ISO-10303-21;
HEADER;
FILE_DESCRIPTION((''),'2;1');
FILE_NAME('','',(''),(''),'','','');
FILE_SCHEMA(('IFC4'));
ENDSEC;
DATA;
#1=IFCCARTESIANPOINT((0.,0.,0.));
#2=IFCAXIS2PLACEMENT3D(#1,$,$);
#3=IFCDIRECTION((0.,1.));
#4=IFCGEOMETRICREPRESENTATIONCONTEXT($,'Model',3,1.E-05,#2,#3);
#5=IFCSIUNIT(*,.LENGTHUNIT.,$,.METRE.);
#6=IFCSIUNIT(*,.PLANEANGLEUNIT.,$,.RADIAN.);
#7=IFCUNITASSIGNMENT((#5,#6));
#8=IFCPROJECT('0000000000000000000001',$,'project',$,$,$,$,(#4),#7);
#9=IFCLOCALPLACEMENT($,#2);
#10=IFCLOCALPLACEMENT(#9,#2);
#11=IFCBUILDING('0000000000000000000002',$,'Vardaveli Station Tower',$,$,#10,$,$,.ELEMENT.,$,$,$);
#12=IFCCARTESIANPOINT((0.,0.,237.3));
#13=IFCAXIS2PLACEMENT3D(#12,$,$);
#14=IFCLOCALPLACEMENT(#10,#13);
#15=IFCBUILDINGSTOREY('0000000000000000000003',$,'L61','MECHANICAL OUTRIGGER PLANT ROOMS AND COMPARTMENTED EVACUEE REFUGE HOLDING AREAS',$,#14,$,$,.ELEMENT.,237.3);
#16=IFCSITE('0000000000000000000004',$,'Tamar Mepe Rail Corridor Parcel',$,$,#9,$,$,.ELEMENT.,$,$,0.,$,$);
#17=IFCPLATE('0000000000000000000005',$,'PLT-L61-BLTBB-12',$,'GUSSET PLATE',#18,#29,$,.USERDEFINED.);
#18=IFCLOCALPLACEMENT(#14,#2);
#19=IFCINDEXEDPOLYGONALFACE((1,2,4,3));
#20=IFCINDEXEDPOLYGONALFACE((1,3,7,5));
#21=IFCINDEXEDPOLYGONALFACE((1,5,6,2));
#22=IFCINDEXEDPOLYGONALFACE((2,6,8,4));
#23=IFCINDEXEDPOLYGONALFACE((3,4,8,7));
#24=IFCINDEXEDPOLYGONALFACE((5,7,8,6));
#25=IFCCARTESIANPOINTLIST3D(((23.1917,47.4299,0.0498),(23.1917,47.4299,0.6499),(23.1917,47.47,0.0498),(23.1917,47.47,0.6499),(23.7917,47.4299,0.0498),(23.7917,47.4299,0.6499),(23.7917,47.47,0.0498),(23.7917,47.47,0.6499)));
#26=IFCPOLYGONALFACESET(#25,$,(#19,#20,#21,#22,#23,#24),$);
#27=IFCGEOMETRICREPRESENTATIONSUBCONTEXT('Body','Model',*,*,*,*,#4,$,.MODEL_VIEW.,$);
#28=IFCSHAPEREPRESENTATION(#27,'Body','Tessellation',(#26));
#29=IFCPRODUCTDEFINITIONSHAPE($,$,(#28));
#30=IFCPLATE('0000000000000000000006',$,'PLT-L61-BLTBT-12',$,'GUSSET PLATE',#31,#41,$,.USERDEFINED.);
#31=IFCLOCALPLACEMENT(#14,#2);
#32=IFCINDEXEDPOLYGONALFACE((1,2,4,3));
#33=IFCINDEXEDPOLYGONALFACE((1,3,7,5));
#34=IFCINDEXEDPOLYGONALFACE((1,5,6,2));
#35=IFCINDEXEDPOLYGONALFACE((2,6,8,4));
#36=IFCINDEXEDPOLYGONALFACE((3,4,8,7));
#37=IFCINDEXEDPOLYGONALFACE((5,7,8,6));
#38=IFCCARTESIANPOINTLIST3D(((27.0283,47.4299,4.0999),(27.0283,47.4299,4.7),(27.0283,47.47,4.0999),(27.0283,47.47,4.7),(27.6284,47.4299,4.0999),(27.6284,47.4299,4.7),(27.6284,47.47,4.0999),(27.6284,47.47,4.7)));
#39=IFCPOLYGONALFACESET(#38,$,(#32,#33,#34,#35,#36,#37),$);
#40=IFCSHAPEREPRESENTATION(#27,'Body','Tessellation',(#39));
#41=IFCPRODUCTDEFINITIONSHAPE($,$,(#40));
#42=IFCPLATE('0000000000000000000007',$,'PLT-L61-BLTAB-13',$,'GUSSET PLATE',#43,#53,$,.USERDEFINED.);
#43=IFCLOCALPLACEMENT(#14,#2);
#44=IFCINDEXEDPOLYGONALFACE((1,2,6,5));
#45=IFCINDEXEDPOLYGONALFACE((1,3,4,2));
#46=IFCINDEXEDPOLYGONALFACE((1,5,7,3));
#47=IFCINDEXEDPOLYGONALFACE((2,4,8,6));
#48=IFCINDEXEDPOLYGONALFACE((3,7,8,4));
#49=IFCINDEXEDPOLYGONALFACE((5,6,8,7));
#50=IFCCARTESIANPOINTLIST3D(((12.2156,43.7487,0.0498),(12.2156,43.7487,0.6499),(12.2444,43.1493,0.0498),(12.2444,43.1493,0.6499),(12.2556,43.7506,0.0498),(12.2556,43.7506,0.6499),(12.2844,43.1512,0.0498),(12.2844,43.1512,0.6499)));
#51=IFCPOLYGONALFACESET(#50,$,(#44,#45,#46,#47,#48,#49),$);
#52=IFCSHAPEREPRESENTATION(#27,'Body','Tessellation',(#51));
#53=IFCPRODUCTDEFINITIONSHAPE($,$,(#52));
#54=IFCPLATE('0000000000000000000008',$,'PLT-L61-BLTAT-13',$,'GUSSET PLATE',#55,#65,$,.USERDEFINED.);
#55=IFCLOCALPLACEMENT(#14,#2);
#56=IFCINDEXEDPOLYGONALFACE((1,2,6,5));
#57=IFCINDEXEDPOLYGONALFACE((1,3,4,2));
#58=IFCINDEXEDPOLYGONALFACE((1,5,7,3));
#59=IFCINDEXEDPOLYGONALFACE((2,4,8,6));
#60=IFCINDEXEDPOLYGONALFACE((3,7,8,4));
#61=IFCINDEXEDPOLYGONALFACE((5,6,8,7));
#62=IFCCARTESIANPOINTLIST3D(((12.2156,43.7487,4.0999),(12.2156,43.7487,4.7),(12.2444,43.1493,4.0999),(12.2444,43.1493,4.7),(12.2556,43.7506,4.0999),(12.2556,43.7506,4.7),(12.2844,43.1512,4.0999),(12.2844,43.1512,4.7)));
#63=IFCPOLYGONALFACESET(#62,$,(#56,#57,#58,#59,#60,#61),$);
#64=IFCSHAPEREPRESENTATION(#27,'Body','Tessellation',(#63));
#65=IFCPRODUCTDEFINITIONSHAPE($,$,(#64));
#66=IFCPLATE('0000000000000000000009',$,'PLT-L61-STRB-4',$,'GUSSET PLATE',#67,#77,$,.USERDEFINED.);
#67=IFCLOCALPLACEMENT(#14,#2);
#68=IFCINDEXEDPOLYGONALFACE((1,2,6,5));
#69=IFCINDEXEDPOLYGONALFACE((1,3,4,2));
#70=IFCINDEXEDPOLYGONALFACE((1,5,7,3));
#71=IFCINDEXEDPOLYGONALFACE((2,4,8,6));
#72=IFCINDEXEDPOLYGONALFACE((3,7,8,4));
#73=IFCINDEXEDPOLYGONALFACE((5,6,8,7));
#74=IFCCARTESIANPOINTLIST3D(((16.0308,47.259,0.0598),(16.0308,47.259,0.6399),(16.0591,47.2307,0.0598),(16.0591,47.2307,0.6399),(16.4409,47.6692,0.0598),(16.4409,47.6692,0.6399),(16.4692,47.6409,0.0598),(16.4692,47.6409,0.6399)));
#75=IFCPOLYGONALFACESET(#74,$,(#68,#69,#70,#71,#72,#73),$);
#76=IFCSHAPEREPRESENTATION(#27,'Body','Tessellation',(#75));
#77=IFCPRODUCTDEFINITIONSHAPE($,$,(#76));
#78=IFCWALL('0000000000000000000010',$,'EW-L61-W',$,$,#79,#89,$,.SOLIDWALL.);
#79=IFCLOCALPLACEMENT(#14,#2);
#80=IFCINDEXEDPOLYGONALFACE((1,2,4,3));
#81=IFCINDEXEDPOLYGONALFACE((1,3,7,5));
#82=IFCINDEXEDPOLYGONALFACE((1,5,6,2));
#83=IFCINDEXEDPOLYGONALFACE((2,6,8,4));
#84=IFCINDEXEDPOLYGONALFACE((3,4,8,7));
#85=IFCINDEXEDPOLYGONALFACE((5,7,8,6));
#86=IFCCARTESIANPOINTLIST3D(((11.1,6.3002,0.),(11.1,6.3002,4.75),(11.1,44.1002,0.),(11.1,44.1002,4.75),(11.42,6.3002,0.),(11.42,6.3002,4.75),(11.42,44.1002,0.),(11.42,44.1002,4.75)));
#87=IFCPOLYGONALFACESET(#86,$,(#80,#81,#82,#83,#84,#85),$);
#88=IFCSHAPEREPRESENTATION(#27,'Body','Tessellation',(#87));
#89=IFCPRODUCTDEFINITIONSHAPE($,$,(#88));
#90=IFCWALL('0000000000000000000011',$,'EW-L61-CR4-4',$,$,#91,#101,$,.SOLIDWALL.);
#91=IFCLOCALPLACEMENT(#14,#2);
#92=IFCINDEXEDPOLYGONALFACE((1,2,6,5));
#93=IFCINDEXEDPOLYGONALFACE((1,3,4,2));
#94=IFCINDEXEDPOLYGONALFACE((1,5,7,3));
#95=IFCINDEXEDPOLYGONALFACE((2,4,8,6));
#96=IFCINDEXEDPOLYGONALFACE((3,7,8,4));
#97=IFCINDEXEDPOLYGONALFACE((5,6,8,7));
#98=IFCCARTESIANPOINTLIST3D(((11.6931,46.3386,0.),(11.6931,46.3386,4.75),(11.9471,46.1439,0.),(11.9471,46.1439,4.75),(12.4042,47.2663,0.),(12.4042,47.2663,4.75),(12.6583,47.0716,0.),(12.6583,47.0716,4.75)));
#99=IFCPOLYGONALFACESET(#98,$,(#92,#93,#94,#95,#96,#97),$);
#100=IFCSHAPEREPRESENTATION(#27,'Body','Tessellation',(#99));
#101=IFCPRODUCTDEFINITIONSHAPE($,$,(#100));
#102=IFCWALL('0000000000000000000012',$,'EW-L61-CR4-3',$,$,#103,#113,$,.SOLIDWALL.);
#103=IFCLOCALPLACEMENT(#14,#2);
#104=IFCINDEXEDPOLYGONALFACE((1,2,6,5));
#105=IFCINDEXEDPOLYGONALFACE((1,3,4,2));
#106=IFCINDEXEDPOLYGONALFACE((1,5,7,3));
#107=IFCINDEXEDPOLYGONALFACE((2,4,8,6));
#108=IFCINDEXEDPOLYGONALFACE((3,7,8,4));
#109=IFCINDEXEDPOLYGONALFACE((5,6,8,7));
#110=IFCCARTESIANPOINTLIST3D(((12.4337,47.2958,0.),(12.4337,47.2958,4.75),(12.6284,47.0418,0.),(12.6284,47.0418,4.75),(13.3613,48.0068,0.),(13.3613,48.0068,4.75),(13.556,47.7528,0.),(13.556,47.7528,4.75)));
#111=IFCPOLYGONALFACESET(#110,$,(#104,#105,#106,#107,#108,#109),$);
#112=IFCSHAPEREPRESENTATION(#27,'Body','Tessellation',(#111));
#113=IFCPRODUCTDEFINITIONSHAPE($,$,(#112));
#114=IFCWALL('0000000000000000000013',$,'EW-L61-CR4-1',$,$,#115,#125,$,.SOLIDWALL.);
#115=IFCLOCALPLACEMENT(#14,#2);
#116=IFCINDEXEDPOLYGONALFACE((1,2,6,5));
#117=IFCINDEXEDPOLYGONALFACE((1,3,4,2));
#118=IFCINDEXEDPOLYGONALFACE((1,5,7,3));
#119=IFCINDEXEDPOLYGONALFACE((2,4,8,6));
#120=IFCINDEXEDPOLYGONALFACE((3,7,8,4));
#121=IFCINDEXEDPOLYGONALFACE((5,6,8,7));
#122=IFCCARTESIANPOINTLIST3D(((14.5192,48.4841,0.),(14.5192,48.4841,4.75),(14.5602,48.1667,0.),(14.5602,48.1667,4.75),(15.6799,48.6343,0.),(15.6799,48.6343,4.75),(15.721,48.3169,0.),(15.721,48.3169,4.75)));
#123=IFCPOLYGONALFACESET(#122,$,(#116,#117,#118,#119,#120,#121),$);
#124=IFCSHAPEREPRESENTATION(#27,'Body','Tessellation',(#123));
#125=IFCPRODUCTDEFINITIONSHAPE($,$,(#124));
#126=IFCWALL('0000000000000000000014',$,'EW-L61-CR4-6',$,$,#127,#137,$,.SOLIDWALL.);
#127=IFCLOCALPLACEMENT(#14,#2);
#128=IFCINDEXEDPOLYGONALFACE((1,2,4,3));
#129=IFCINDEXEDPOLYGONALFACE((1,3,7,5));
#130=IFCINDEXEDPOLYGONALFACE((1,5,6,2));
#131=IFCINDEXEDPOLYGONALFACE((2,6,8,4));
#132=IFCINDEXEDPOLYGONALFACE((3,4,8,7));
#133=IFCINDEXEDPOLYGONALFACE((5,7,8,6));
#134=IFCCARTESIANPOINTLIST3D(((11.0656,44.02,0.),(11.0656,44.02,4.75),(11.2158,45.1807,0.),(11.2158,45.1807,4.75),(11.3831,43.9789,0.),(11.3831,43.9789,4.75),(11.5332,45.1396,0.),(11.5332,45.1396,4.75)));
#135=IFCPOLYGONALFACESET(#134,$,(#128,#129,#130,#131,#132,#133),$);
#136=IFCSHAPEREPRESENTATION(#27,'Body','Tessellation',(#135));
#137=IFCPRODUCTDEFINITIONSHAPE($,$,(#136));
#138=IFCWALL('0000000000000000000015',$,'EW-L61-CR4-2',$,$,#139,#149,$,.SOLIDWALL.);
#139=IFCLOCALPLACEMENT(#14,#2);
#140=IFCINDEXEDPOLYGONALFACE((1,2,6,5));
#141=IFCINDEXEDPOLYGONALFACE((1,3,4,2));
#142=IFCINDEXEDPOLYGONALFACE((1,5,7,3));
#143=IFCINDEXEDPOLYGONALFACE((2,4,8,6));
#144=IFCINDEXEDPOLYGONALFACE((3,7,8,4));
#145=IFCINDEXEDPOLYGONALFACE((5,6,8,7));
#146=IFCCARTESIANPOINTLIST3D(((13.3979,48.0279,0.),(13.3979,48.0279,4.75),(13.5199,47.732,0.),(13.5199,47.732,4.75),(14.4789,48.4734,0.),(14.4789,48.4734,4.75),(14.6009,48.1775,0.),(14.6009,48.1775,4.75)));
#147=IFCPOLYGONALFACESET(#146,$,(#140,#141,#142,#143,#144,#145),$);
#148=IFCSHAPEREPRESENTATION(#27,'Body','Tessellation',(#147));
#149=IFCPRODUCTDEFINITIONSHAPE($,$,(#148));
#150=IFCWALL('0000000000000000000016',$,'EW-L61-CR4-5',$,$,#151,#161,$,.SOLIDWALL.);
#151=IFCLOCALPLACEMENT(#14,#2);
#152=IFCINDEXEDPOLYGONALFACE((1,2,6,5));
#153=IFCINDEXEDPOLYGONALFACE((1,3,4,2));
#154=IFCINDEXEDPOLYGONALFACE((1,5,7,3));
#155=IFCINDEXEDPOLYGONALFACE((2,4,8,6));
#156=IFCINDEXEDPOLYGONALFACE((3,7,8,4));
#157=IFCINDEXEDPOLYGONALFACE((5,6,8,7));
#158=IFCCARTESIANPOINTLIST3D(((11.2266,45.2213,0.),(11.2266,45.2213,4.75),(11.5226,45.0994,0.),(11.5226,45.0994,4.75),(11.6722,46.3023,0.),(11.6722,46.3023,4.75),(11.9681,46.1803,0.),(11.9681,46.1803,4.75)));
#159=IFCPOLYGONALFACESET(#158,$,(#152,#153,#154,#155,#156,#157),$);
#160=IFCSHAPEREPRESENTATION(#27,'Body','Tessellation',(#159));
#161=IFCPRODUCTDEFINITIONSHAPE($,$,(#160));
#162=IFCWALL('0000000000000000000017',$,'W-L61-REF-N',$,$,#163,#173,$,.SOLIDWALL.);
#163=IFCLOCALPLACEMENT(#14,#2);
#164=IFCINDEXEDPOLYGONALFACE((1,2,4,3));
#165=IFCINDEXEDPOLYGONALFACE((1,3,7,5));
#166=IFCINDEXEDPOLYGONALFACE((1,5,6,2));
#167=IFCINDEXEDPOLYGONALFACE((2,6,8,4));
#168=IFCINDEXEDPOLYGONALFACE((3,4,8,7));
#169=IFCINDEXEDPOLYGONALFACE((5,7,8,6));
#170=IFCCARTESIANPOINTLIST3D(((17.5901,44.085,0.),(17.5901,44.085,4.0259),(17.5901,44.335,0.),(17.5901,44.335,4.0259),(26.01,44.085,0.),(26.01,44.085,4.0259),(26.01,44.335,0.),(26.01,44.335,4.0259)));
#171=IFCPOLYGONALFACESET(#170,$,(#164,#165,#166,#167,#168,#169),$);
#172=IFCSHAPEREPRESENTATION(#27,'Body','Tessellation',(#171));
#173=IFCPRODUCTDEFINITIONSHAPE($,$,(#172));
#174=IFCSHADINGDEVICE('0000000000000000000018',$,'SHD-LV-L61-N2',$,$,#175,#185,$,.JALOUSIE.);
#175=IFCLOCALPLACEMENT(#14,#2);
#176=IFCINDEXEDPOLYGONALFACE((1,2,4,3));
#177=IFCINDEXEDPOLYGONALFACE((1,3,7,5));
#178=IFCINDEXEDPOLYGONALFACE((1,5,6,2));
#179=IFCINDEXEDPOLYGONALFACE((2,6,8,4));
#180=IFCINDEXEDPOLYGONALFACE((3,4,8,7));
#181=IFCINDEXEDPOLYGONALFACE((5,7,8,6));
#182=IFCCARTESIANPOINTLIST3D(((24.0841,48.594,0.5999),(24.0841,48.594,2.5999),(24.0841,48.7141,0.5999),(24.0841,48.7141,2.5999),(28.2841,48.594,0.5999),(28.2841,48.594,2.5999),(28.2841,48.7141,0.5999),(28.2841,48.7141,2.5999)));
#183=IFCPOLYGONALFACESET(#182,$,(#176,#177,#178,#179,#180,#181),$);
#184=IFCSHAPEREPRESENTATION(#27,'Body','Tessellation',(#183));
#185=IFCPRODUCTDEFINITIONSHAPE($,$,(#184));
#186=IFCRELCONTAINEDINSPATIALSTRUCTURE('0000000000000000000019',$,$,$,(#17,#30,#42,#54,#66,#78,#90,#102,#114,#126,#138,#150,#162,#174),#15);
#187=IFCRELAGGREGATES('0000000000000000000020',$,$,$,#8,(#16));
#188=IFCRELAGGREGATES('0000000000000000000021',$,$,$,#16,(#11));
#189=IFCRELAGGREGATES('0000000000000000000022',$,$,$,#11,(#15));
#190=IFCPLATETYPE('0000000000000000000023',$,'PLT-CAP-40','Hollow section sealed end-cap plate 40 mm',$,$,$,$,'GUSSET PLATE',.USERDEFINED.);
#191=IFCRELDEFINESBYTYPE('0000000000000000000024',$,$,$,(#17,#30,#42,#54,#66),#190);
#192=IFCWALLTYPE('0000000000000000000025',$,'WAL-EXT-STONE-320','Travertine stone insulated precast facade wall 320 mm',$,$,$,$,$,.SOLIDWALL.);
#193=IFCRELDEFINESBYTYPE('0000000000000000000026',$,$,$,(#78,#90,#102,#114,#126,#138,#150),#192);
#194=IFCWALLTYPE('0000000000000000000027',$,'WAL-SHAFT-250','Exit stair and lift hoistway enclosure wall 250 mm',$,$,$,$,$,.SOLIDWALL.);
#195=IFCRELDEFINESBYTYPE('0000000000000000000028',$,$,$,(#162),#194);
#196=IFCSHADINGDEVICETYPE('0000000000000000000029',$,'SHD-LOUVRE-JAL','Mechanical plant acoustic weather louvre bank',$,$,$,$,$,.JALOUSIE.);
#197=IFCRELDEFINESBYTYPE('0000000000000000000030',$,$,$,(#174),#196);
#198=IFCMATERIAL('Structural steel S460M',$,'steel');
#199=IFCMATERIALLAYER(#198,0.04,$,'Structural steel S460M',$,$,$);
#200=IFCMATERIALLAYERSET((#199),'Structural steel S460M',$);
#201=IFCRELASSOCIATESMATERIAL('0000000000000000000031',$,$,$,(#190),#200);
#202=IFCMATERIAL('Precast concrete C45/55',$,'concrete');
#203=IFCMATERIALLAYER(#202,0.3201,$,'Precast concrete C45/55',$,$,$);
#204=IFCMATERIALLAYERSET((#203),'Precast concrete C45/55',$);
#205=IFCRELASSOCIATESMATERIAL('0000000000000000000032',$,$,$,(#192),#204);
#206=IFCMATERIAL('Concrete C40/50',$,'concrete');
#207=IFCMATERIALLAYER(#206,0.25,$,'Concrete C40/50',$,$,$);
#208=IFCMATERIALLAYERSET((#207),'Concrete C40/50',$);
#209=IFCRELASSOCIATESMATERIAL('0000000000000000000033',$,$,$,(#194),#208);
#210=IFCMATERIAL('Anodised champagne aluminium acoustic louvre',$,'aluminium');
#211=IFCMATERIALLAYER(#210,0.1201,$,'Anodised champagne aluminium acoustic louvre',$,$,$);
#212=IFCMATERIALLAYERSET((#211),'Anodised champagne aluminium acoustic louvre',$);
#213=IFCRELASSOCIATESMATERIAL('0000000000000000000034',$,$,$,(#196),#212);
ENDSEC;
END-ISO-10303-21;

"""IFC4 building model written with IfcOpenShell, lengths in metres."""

from ifc_helpers import new_model, si_unit, direction, frame, frame_2d, origin, origin_2d, place, context, subcontext, project, spatial, rectangle, extrude, source, transform, mapped, material, layer, layer_set, type_object, element, save


model = new_model("IFC4")

# Units and contexts
model_context = context("Model", 3, precision=1e-05, world=origin(), true_north=direction((0.0, 1.0)))
body_context = subcontext(model_context, "Body", "Model", "MODEL_VIEW")
ifc_project = project(units=[si_unit("LENGTHUNIT", "METRE"), si_unit("PLANEANGLEUNIT", "RADIAN")], contexts=[model_context])

# Site, building, storey
site_placement = place(None, origin())
site = spatial("IfcSite", under=ifc_project, at=site_placement, Name="Tamar Mepe Rail Corridor Parcel", CompositionType="ELEMENT", RefElevation=0.0)
building_placement = place(site_placement, origin())
building = spatial("IfcBuilding", under=site, at=building_placement, Name="Vardaveli Station Tower", CompositionType="ELEMENT")
storey_placement = place(building_placement, frame((0.0, 0.0, 237.3)))
storey = spatial("IfcBuildingStorey", under=building, at=storey_placement, Name="L61", Description="MECHANICAL OUTRIGGER PLANT ROOMS AND COMPARTMENTED EVACUEE REFUGE HOLDING AREAS", CompositionType="ELEMENT", Elevation=237.3)

# Shared definitions
ifc_material_1 = material(Name="Structural steel S460M", Category="steel")

# Plates
ifc_layer_1 = layer(ifc_material_1, 0.04, Name="Structural steel S460M")
ifc_layer_set_1 = layer_set([ifc_layer_1], Name="Structural steel S460M")
plate_type = type_object("IfcPlateType", Name="PLT-CAP-40", Description="Hollow section sealed end-cap plate 40 mm", ElementType="GUSSET PLATE", PredefinedType="USERDEFINED", material=ifc_layer_set_1)
shared_shape_1 = source(origin(), body_context, "Body", "SweptSolid", [
    extrude(rectangle(XDim=0.6001, YDim=0.04, at=origin_2d()), origin(), (0.0, 0.0, 1.0), 0.6001),
])
for number, where, z_axis, x_axis, name in (
    (1, (23.4917, 47.45, 0.0498), (0.0, 0.0, 1.0), (-1.0, 0.0, 0.0), "PLT-L61-BLTBB-12"),
    (2, (27.3284, 47.45, 4.0999), (0.0, 0.0, 1.0), (-1.0, 0.0, 0.0), "PLT-L61-BLTBT-12"),
    (3, (12.25, 43.45, 0.0498), (0.0, 0.0, 1.0), (0.047978, -0.998848, 0.0), "PLT-L61-BLTAB-13"),
    (4, (12.25, 43.45, 4.0999), (0.0, 0.0, 1.0), (0.047978, -0.998848, 0.0), "PLT-L61-BLTAT-13"),
):
    element("IfcPlate", number, at=place(storey_placement, frame(where, z_axis=z_axis, x_axis=x_axis)), inside=storey, type_object=plate_type, Name=name, ObjectType="GUSSET PLATE", PredefinedType="USERDEFINED", context=body_context, shape_type="MappedRepresentation", body=[
        mapped(shared_shape_1, transform((0.0, 0.0, 0.0), scale=1.0)),
    ])
shared_shape_2 = source(origin(), body_context, "Body", "SweptSolid", [
    extrude(rectangle(XDim=0.5801, YDim=0.04, at=origin_2d()), origin(), (0.0, 0.0, 1.0), 0.5801),
])
plate_placement = place(storey_placement, frame((16.25, 47.45, 0.0598), z_axis=(0.0, 0.0, 1.0), x_axis=(-0.707107, -0.707107, 0.0)))
element("IfcPlate", 5, at=plate_placement, inside=storey, type_object=plate_type, Name="PLT-L61-STRB-4", ObjectType="GUSSET PLATE", PredefinedType="USERDEFINED", context=body_context, shape_type="MappedRepresentation", body=[
    mapped(shared_shape_2, transform((0.0, 0.0, 0.0), scale=1.0)),
])

# Walls
ifc_material_2 = material(Name="Precast concrete C45/55", Category="concrete")
ifc_layer_2 = layer(ifc_material_2, 0.3201, Name="Precast concrete C45/55")
ifc_layer_set_2 = layer_set([ifc_layer_2], Name="Precast concrete C45/55")
wall_type_1 = type_object("IfcWallType", Name="WAL-EXT-STONE-320", Description="Travertine stone insulated precast facade wall 320 mm", PredefinedType="SOLIDWALL", material=ifc_layer_set_2)
shared_shape_3 = source(origin(), body_context, "Body", "SweptSolid", [
    extrude(rectangle(XDim=37.8, YDim=0.3201, at=frame_2d((18.8999, 0.0))), origin(), (0.0, 0.0, 1.0), 4.75),
])
wall_1_placement = place(storey_placement, frame((11.26, 44.1001, 0.0), z_axis=(0.0, 0.0, 1.0), x_axis=(0.0, -1.0, 0.0)))
element("IfcWall", 6, at=wall_1_placement, inside=storey, type_object=wall_type_1, Name="EW-L61-W", PredefinedType="SOLIDWALL", context=body_context, shape_type="MappedRepresentation", body=[
    mapped(shared_shape_3, transform((0.0, 0.0, 0.0), scale=1.0)),
])
shared_shape_4 = source(origin(), body_context, "Body", "SweptSolid", [
    extrude(rectangle(XDim=1.1689, YDim=0.3201, at=frame_2d((0.5845, 0.0))), origin(), (0.0, 0.0, 1.0), 4.75),
])
wall_2_placement = place(storey_placement, frame((12.5312, 47.1689, 0.0), z_axis=(0.0, 0.0, 1.0), x_axis=(-0.608388, -0.79364, 0.0)))
element("IfcWall", 7, at=wall_2_placement, inside=storey, type_object=wall_type_1, Name="EW-L61-CR4-4", PredefinedType="SOLIDWALL", context=body_context, shape_type="MappedRepresentation", body=[
    mapped(shared_shape_4, transform((0.0, 0.0, 0.0), scale=1.0)),
])
shared_shape_5 = source(origin(), body_context, "Body", "SweptSolid", [
    extrude(rectangle(XDim=1.1687, YDim=0.3201, at=frame_2d((0.5845, 0.0))), origin(), (0.0, 0.0, 1.0), 4.75),
])
wall_3_placement = place(storey_placement, frame((13.4587, 47.8799, 0.0), z_axis=(0.0, 0.0, 1.0), x_axis=(-0.793664, -0.608357, 0.0)))
element("IfcWall", 8, at=wall_3_placement, inside=storey, type_object=wall_type_1, Name="EW-L61-CR4-3", PredefinedType="SOLIDWALL", context=body_context, shape_type="MappedRepresentation", body=[
    mapped(shared_shape_5, transform((0.0, 0.0, 0.0), scale=1.0)),
])
shared_shape_6 = source(origin(), body_context, "Body", "SweptSolid", [
    extrude(rectangle(XDim=1.1704, YDim=0.3201, at=frame_2d((0.5852, 0.0))), origin(), (0.0, 0.0, 1.0), 4.75),
])
for number, where, z_axis, x_axis, name in (
    (9, (15.7004, 48.4756, 0.0), (0.0, 0.0, 1.0), (-0.991736, -0.128296, 0.0), "EW-L61-CR4-1"),
    (10, (11.3745, 45.1602, 0.0), (0.0, 0.0, 1.0), (-0.128296, -0.991736, 0.0), "EW-L61-CR4-6"),
):
    element("IfcWall", number, at=place(storey_placement, frame(where, z_axis=z_axis, x_axis=x_axis)), inside=storey, type_object=wall_type_1, Name=name, PredefinedType="SOLIDWALL", context=body_context, shape_type="MappedRepresentation", body=[
        mapped(shared_shape_6, transform((0.0, 0.0, 0.0), scale=1.0)),
    ])
shared_shape_7 = source(origin(), body_context, "Body", "SweptSolid", [
    extrude(rectangle(XDim=1.1692, YDim=0.3201, at=frame_2d((0.5845, 0.0))), origin(), (0.0, 0.0, 1.0), 4.75),
])
for number, where, z_axis, x_axis, name in (
    (11, (14.5398, 48.3254, 0.0), (0.0, 0.0, 1.0), (-0.924553, -0.381054, 0.0), "EW-L61-CR4-2"),
    (12, (11.8201, 46.2412, 0.0), (0.0, 0.0, 1.0), (-0.381054, -0.924553, 0.0), "EW-L61-CR4-5"),
):
    element("IfcWall", number, at=place(storey_placement, frame(where, z_axis=z_axis, x_axis=x_axis)), inside=storey, type_object=wall_type_1, Name=name, PredefinedType="SOLIDWALL", context=body_context, shape_type="MappedRepresentation", body=[
        mapped(shared_shape_7, transform((0.0, 0.0, 0.0), scale=1.0)),
    ])
ifc_material_3 = material(Name="Concrete C40/50", Category="concrete")
ifc_layer_3 = layer(ifc_material_3, 0.25, Name="Concrete C40/50")
ifc_layer_set_3 = layer_set([ifc_layer_3], Name="Concrete C40/50")
wall_type_2 = type_object("IfcWallType", Name="WAL-SHAFT-250", Description="Exit stair and lift hoistway enclosure wall 250 mm", PredefinedType="SOLIDWALL", material=ifc_layer_set_3)
shared_shape_8 = source(origin(), body_context, "Body", "SweptSolid", [
    extrude(rectangle(XDim=8.4199, YDim=0.25, at=frame_2d((4.21, 0.0))), origin(), (0.0, 0.0, 1.0), 4.0259),
])
wall_4_placement = place(storey_placement, frame((17.5901, 44.21, 0.0), z_axis=(0.0, 0.0, 1.0), x_axis=(1.0, 0.0, 0.0)))
element("IfcWall", 13, at=wall_4_placement, inside=storey, type_object=wall_type_2, Name="W-L61-REF-N", PredefinedType="SOLIDWALL", context=body_context, shape_type="MappedRepresentation", body=[
    mapped(shared_shape_8, transform((0.0, 0.0, 0.0), scale=1.0)),
])

# Shading device
ifc_material_4 = material(Name="Anodised champagne aluminium acoustic louvre", Category="aluminium")
ifc_layer_4 = layer(ifc_material_4, 0.1201, Name="Anodised champagne aluminium acoustic louvre")
ifc_layer_set_4 = layer_set([ifc_layer_4], Name="Anodised champagne aluminium acoustic louvre")
shading_device_type = type_object("IfcShadingDeviceType", Name="SHD-LOUVRE-JAL", Description="Mechanical plant acoustic weather louvre bank", PredefinedType="JALOUSIE", material=ifc_layer_set_4)
shared_shape_9 = source(origin(), body_context, "Body", "SweptSolid", [
    extrude(rectangle(XDim=4.2, YDim=0.1201, at=origin_2d()), origin(), (0.0, 0.0, 1.0), 2.0),
])
shading_device_placement = place(storey_placement, frame((26.1841, 48.6541, 0.5999), z_axis=(0.0, 0.0, 1.0), x_axis=(1.0, 0.0, 0.0)))
element("IfcShadingDevice", 14, at=shading_device_placement, inside=storey, type_object=shading_device_type, Name="SHD-LV-L61-N2", PredefinedType="JALOUSIE", context=body_context, shape_type="MappedRepresentation", body=[
    mapped(shared_shape_9, transform((0.0, 0.0, 0.0), scale=1.0)),
])

save(model, "model.ifc")
